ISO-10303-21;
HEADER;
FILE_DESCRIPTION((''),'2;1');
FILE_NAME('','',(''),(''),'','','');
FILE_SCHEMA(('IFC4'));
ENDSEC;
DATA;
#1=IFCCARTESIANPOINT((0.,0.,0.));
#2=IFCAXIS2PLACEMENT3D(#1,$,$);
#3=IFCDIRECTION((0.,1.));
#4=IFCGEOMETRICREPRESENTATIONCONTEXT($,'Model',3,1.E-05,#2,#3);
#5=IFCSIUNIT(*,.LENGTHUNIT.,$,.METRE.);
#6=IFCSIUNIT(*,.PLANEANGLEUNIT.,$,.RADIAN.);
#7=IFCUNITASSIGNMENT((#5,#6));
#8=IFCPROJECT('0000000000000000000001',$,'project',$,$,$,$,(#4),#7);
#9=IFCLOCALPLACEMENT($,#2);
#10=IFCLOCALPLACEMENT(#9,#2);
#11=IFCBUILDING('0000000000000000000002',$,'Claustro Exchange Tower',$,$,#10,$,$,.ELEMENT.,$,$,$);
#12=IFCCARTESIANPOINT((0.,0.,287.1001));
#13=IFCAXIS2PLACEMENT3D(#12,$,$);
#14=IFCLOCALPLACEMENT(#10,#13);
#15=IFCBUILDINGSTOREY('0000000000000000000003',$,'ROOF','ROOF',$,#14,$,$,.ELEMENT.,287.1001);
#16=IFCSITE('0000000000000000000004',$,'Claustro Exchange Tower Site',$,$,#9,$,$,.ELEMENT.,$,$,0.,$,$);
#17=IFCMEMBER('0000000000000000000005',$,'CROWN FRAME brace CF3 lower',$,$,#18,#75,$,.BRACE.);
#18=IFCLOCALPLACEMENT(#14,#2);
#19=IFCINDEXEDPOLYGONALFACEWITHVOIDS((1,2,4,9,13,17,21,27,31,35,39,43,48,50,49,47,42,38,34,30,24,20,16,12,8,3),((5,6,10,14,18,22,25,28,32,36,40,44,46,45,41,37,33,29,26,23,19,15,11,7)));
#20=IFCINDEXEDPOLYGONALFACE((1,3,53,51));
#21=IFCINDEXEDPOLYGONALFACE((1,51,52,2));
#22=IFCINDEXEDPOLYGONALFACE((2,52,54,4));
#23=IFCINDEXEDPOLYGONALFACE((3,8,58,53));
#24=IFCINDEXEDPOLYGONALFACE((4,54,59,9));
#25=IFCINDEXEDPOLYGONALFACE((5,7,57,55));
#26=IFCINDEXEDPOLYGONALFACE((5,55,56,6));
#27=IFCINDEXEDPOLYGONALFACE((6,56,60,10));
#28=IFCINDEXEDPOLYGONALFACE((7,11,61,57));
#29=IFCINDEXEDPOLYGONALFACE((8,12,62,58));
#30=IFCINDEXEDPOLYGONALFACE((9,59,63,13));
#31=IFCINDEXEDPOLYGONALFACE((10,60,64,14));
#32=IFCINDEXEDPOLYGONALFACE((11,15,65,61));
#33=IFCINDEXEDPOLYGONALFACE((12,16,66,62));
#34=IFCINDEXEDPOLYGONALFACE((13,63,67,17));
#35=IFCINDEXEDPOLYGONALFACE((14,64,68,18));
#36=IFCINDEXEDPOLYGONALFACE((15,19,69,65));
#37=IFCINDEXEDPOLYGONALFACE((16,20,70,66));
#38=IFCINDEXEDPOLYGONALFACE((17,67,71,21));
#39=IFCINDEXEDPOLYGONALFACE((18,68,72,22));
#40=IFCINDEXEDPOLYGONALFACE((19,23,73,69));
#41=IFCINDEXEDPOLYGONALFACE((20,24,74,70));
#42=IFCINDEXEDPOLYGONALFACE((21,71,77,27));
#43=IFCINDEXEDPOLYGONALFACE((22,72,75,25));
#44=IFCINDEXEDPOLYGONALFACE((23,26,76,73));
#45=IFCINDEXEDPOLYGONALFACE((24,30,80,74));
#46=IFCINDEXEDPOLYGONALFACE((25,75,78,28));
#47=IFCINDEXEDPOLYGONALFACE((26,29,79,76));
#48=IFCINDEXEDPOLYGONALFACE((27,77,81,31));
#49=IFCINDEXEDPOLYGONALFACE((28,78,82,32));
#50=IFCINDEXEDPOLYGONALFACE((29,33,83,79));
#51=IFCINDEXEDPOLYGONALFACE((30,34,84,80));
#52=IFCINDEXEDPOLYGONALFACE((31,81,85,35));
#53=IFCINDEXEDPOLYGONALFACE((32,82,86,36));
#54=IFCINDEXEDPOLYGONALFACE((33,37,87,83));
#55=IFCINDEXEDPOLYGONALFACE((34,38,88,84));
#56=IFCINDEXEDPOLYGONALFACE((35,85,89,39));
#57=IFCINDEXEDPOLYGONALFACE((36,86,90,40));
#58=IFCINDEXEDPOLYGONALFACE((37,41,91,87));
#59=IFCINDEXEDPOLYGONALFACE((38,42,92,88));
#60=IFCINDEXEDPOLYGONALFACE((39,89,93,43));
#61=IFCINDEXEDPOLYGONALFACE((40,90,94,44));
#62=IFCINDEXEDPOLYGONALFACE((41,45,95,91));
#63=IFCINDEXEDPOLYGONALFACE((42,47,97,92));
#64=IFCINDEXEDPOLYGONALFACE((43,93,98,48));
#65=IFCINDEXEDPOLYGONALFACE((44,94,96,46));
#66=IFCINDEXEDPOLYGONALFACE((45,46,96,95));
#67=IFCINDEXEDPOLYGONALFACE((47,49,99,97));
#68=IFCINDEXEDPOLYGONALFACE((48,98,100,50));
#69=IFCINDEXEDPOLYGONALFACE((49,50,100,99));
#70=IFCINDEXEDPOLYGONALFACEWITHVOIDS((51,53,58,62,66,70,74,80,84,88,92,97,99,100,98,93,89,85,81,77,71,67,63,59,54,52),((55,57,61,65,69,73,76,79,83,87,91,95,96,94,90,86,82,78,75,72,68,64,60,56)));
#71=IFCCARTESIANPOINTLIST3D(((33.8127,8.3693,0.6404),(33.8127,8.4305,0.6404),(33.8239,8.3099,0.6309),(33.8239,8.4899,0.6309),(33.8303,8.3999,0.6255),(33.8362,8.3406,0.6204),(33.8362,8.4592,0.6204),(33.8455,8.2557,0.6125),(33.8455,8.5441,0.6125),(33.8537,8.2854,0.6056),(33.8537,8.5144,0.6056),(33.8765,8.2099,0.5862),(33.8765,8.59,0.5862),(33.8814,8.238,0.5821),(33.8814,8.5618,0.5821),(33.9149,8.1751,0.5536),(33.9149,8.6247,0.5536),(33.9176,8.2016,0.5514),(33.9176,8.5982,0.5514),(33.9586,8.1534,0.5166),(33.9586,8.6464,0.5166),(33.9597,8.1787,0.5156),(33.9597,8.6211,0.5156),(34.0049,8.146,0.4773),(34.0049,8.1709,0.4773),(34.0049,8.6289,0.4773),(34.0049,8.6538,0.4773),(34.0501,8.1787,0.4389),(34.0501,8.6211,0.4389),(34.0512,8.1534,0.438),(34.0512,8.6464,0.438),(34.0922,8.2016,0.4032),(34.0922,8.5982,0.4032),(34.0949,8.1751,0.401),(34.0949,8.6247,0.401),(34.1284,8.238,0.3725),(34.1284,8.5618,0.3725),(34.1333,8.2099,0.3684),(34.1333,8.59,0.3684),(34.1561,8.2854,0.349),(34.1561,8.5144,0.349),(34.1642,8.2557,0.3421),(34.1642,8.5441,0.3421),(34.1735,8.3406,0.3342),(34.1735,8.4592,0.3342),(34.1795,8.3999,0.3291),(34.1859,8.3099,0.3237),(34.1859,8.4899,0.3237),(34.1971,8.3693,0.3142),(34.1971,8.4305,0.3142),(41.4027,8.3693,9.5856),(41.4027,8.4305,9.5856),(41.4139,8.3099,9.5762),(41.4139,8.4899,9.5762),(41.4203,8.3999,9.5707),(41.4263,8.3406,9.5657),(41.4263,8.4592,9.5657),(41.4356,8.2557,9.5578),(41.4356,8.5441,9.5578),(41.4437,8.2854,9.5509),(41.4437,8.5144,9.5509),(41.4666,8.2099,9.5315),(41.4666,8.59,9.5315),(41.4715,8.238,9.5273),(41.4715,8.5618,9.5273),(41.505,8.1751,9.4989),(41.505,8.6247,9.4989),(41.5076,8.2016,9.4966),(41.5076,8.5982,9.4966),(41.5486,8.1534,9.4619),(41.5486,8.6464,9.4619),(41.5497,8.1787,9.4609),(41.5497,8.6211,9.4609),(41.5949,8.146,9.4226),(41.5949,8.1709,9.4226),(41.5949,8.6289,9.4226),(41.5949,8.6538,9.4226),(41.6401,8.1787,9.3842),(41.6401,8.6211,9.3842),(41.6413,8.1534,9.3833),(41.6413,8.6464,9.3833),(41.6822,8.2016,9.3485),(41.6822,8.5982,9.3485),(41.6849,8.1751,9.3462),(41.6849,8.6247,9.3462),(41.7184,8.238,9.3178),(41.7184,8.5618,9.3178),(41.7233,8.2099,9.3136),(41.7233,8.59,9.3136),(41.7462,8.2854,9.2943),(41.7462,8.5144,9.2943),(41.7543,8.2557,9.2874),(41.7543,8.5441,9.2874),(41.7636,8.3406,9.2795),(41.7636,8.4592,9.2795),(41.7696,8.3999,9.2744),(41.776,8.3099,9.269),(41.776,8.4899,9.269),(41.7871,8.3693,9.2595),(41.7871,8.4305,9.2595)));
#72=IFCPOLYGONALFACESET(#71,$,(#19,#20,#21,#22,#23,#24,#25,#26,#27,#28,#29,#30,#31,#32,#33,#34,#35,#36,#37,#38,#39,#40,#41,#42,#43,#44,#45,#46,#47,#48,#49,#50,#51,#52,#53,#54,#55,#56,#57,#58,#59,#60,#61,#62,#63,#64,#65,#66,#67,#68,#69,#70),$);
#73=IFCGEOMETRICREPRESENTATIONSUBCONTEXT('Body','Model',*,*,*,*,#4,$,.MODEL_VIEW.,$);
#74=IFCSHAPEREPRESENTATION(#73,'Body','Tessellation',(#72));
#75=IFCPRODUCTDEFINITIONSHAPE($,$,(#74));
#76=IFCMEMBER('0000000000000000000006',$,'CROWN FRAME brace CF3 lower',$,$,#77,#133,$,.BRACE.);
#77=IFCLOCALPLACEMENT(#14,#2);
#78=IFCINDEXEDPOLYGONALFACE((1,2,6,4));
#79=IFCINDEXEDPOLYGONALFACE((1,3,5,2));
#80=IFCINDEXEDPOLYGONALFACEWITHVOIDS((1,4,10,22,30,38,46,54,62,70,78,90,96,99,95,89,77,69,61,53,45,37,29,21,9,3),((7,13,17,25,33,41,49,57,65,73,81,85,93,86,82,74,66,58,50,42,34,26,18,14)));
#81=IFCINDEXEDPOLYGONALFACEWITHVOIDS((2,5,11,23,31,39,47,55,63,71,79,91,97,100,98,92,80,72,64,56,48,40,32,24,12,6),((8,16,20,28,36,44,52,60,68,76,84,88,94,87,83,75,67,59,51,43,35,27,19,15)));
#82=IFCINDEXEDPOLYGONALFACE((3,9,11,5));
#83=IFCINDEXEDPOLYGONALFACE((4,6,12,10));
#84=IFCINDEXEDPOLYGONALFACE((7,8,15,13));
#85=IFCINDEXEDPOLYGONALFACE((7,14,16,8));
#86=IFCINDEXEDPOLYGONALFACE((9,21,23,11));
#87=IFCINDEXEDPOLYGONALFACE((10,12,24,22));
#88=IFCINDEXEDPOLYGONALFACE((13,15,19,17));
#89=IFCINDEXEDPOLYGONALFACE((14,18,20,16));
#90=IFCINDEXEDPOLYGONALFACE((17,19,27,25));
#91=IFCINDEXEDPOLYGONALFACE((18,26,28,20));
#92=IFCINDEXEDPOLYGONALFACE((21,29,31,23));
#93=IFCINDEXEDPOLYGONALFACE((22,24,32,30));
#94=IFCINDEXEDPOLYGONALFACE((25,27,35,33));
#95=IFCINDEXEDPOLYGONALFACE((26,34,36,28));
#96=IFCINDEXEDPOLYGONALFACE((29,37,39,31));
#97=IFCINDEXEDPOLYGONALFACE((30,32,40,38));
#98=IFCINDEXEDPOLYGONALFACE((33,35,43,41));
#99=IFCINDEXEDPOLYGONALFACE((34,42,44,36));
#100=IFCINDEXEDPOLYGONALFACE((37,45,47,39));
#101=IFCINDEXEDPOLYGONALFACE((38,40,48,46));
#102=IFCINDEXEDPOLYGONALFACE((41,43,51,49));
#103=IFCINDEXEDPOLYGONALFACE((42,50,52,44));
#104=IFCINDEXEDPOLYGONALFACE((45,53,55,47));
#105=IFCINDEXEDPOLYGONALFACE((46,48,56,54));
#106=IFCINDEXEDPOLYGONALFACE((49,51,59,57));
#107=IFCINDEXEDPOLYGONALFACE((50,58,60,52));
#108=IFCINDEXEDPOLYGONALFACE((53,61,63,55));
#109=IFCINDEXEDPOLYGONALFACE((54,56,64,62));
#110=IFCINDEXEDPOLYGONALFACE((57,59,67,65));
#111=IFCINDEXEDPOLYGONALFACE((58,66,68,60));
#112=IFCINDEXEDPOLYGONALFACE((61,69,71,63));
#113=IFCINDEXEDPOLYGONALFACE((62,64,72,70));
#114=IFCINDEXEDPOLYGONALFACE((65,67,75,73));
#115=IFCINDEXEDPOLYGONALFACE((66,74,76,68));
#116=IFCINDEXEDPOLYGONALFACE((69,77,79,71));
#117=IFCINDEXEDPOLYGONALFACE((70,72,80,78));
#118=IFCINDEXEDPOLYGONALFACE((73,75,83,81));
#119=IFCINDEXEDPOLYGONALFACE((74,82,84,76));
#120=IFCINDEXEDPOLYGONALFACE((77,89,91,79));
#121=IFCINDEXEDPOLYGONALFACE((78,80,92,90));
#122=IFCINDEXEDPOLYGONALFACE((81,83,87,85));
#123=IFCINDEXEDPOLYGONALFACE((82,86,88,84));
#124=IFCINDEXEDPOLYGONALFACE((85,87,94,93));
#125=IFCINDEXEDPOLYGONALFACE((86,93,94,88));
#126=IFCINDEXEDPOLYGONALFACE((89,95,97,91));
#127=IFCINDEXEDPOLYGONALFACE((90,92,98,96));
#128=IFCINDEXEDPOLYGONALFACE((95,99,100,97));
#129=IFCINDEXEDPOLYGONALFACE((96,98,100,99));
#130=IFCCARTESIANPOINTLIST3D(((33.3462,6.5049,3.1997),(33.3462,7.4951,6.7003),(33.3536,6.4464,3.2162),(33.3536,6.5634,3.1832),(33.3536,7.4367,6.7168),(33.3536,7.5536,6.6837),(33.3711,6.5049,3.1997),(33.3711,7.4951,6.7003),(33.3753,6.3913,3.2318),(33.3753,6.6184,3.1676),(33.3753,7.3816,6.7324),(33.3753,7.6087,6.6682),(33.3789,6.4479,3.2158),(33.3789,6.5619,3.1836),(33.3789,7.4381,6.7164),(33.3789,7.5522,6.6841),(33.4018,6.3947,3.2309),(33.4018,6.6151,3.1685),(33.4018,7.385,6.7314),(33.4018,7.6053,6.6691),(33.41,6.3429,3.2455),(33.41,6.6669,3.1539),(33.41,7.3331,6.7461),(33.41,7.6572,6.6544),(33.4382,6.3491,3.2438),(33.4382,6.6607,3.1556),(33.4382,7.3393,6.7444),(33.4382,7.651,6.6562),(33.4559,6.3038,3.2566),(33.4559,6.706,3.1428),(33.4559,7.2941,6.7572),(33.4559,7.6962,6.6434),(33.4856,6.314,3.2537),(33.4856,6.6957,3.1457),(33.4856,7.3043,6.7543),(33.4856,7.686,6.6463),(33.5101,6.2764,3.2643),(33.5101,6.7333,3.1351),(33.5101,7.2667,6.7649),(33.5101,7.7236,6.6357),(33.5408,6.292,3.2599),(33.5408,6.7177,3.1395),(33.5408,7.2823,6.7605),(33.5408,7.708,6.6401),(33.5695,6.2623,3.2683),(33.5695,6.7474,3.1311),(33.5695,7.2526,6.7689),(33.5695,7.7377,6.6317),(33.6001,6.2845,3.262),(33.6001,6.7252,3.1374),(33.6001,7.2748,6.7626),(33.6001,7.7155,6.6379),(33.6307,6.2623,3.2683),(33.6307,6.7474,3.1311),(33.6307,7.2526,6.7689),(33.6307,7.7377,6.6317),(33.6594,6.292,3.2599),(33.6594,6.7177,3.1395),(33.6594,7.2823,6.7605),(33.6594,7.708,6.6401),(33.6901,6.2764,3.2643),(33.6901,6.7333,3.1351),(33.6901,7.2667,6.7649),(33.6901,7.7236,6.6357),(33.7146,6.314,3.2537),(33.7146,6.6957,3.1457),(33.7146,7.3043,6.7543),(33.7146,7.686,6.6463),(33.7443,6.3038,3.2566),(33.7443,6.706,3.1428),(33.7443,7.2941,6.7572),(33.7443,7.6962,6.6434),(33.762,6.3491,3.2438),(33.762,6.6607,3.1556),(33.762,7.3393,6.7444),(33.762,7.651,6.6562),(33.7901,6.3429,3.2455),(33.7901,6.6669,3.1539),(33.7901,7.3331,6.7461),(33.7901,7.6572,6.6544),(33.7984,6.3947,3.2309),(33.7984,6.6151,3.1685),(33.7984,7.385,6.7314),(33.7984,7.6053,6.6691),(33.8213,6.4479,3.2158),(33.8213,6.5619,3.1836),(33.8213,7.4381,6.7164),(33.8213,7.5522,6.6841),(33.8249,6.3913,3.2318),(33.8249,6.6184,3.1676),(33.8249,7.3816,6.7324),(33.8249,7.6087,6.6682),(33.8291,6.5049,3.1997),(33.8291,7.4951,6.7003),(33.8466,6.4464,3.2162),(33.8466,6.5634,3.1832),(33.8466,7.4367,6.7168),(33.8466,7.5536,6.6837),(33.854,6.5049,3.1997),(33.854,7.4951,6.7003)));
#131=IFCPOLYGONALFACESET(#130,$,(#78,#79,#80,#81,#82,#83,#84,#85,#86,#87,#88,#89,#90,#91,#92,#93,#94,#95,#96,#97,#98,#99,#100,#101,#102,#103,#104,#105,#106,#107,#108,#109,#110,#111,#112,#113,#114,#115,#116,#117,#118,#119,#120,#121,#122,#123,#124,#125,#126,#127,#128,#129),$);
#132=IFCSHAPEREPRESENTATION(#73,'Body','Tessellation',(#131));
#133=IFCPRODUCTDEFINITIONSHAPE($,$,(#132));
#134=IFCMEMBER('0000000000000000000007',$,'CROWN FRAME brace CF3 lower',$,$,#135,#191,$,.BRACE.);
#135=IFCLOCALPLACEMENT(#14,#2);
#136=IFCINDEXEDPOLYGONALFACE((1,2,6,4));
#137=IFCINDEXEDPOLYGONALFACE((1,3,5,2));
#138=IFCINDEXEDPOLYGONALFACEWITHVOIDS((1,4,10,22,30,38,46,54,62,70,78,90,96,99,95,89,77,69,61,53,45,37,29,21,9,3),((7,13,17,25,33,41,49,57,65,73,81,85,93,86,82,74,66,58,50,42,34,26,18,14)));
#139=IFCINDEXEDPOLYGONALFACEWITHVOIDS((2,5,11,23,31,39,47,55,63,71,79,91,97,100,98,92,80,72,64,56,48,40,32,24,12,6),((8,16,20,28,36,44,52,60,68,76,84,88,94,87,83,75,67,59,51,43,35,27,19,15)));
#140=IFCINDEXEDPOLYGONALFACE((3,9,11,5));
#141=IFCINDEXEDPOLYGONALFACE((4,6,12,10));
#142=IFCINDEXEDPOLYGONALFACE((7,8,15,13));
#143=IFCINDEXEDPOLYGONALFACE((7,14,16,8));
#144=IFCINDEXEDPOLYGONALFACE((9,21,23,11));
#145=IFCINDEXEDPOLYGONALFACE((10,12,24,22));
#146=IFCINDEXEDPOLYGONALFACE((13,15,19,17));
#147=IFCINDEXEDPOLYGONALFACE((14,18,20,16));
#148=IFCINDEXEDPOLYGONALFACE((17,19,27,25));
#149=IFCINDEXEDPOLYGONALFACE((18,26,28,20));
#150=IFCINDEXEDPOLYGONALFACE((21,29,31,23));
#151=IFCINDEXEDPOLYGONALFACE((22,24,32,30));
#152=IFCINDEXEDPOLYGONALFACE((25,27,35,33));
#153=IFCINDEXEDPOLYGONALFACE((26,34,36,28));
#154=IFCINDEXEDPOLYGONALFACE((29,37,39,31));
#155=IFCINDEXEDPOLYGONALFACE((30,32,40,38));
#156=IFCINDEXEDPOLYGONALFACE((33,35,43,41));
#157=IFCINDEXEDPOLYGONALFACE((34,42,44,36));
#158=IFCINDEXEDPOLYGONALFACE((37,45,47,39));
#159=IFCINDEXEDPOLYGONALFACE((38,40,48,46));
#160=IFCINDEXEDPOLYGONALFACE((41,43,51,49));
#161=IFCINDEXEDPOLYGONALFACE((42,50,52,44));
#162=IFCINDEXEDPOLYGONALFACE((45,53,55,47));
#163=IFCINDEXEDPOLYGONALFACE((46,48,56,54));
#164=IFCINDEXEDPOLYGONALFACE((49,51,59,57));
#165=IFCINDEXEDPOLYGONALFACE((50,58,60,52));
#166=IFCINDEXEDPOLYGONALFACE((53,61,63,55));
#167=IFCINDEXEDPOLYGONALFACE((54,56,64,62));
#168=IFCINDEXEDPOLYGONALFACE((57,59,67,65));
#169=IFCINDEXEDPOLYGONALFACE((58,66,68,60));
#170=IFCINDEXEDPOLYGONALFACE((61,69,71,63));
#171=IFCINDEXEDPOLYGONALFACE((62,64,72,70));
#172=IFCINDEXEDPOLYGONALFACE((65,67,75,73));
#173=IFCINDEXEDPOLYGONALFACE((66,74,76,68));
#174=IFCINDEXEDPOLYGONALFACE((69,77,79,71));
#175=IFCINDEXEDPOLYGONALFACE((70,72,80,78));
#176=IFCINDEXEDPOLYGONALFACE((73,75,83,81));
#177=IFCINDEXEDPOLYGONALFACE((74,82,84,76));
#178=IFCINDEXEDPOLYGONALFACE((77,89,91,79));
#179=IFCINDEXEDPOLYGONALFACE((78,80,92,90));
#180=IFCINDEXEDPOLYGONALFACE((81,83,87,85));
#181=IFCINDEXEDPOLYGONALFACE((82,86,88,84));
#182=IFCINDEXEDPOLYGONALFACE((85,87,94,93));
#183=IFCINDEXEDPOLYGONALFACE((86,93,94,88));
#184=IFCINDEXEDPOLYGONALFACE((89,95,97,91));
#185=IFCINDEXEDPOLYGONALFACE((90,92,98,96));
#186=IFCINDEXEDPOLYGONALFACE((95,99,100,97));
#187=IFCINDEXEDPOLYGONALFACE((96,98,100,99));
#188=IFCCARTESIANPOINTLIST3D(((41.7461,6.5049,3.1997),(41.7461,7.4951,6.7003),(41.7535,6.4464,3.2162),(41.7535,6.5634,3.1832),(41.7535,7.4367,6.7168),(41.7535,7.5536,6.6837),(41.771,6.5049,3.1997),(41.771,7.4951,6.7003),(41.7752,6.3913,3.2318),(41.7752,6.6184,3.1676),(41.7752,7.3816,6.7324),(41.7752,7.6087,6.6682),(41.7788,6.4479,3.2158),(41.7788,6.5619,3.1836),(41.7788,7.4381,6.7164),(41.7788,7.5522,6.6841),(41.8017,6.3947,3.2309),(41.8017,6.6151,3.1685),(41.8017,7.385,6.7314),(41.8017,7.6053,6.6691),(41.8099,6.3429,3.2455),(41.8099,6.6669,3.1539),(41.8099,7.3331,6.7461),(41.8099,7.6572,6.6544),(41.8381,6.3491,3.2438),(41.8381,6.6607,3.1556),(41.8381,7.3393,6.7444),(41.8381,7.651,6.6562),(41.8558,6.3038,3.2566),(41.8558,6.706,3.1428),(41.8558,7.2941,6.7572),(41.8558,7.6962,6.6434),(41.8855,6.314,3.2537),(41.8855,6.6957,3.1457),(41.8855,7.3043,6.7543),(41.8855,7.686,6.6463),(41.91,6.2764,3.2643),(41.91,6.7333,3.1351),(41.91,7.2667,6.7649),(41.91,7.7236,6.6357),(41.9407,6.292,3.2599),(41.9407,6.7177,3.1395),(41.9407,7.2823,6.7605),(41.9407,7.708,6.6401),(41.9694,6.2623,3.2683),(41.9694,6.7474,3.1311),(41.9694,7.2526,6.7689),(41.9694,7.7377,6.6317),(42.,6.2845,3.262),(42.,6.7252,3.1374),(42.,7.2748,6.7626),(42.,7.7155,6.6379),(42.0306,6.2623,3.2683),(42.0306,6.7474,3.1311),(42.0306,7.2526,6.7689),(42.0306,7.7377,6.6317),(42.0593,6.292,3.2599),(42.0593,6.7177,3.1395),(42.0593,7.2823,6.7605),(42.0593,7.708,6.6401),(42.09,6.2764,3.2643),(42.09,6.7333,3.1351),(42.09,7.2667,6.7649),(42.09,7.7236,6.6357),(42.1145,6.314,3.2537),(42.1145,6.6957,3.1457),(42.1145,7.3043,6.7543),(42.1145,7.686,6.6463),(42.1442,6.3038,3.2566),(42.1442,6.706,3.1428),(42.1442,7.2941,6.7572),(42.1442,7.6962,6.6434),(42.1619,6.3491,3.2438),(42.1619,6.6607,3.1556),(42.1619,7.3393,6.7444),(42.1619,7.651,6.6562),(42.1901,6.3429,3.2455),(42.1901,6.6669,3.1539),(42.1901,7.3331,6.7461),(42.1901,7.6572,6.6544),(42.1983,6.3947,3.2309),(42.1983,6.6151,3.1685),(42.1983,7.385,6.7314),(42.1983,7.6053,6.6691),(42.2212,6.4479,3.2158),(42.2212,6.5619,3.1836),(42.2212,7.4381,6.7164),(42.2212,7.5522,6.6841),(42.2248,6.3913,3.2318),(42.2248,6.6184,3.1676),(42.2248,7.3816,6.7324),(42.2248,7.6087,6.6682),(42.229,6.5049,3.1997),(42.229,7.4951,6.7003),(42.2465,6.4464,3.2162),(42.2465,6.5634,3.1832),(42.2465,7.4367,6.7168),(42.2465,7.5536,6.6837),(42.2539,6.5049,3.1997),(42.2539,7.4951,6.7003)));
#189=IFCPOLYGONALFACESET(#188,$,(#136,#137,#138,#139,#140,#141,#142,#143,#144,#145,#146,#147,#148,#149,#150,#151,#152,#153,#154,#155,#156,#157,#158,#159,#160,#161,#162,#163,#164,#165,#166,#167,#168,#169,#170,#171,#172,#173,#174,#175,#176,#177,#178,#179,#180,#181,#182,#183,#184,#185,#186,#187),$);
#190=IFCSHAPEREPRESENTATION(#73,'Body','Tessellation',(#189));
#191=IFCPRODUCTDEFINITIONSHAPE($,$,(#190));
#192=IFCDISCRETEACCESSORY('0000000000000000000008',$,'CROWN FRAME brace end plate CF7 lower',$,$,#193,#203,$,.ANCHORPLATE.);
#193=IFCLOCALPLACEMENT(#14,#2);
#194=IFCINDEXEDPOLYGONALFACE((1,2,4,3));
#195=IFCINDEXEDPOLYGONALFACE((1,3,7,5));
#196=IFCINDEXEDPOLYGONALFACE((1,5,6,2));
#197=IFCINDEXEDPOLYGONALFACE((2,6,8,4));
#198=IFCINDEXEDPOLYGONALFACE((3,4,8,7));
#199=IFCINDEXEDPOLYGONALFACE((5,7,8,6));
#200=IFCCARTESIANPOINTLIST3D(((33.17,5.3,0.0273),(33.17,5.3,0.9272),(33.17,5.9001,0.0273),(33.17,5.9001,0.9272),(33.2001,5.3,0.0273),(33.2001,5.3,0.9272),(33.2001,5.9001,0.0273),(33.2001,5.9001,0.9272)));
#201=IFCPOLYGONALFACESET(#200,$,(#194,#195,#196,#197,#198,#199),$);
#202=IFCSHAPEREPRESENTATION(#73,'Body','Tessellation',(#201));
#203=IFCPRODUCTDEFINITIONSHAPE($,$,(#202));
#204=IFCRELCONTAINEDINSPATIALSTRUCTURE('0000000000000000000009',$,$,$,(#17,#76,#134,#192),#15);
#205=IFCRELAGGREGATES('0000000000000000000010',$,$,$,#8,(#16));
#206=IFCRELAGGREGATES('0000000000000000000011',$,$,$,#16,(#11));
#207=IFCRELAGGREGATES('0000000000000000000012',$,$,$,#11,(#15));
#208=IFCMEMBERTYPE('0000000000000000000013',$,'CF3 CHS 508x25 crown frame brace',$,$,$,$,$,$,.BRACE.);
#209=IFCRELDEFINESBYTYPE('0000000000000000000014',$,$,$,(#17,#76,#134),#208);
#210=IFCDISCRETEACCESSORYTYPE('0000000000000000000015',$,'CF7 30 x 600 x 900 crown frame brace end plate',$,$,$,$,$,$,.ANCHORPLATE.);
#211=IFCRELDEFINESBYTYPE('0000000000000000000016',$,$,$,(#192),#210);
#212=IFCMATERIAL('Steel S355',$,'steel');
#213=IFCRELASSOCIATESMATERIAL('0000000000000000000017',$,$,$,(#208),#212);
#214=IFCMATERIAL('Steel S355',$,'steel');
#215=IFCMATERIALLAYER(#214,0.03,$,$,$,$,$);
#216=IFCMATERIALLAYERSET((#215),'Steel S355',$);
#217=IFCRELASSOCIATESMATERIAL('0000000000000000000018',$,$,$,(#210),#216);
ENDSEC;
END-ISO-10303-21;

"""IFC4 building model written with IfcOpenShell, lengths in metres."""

from ifc_helpers import new_model, si_unit, direction, frame, origin, origin_2d, place, context, subcontext, project, spatial, rectangle, hollow_circle, extrude, material, layer, layer_set, material_profile, profile_set, type_object, element, save


model = new_model("IFC4")

# Units and contexts
model_context = context("Model", 3, precision=1e-05, world=origin(), true_north=direction((0.0, 1.0)))
body_context = subcontext(model_context, "Body", "Model", "MODEL_VIEW")
ifc_project = project(units=[si_unit("LENGTHUNIT", "METRE"), si_unit("PLANEANGLEUNIT", "RADIAN")], contexts=[model_context])

# Site, building, storey
site_placement = place(None, origin())
site = spatial("IfcSite", under=ifc_project, at=site_placement, Name="Claustro Exchange Tower Site", CompositionType="ELEMENT", RefElevation=0.0)
building_placement = place(site_placement, origin())
building = spatial("IfcBuilding", under=site, at=building_placement, Name="Claustro Exchange Tower", CompositionType="ELEMENT")
storey_placement = place(building_placement, frame((0.0, 0.0, 287.1001)))
storey = spatial("IfcBuildingStorey", under=building, at=storey_placement, Name="ROOF", Description="ROOF", CompositionType="ELEMENT", Elevation=287.1001)

# Members
ifc_material_1 = material(Name="Steel S355", Category="steel")
ifc_material_profile_1 = material_profile(ifc_material_1, hollow_circle(Radius=0.2539, WallThickness=0.0249, at=origin_2d()), Name="CHS 508x25")
ifc_profile_set_1 = profile_set([ifc_material_profile_1], Name="Steel S355")
member_type = type_object("IfcMemberType", Name="CF3 CHS 508x25 crown frame brace", PredefinedType="BRACE", material=ifc_profile_set_1)
for number, where, z_axis, x_axis, name in (
    (1, (34.0049, 8.3999, 0.4773), (0.646984, 0.0, 0.762504), (0.0, 1.0, 0.0), "CROWN FRAME brace CF3 lower"),
):
    element("IfcMember", number, at=place(storey_placement, frame(where, z_axis=z_axis, x_axis=x_axis)), inside=storey, type_object=member_type, Name=name, PredefinedType="BRACE", context=body_context, shape_type="SweptSolid", body=[
        extrude(hollow_circle(Radius=0.2539, WallThickness=0.0249, at=origin_2d()), origin(), (0.0, 0.0, 1.0), 11.7314),
    ])
for number, where, z_axis, x_axis, name in (
    (2, (33.6001, 6.5049, 3.1997), (0.0, 0.272203, 0.96224), (-1.0, 0.0, 0.0), "CROWN FRAME brace CF3 lower"),
    (3, (42.0, 6.5049, 3.1997), (0.0, 0.272203, 0.96224), (-1.0, 0.0, 0.0), "CROWN FRAME brace CF3 lower"),
):
    element("IfcMember", number, at=place(storey_placement, frame(where, z_axis=z_axis, x_axis=x_axis)), inside=storey, type_object=member_type, Name=name, PredefinedType="BRACE", context=body_context, shape_type="SweptSolid", body=[
        extrude(hollow_circle(Radius=0.2539, WallThickness=0.0249, at=origin_2d()), origin(), (0.0, 0.0, 1.0), 3.6379),
    ])

# Discrete accessory
ifc_material_2 = material(Name="Steel S355", Category="steel")
ifc_layer = layer(ifc_material_2, 0.03)
ifc_layer_set = layer_set([ifc_layer], Name="Steel S355")
discrete_accessory_type = type_object("IfcDiscreteAccessoryType", Name="CF7 30 x 600 x 900 crown frame brace end plate", PredefinedType="ANCHORPLATE", material=ifc_layer_set)
for number, where, z_axis, x_axis, name in (
    (4, (33.1851, 5.6001, 0.0273), (0.0, 0.0, 1.0), (-1.0, 0.0, 0.0), "CROWN FRAME brace end plate CF7 lower"),
):
    element("IfcDiscreteAccessory", number, at=place(storey_placement, frame(where, z_axis=z_axis, x_axis=x_axis)), inside=storey, type_object=discrete_accessory_type, Name=name, PredefinedType="ANCHORPLATE", context=body_context, shape_type="SweptSolid", body=[
        extrude(rectangle(XDim=0.03, YDim=0.6001, at=origin_2d()), origin(), (0.0, 0.0, 1.0), 0.8999),
    ])

save(model, "model.ifc")
